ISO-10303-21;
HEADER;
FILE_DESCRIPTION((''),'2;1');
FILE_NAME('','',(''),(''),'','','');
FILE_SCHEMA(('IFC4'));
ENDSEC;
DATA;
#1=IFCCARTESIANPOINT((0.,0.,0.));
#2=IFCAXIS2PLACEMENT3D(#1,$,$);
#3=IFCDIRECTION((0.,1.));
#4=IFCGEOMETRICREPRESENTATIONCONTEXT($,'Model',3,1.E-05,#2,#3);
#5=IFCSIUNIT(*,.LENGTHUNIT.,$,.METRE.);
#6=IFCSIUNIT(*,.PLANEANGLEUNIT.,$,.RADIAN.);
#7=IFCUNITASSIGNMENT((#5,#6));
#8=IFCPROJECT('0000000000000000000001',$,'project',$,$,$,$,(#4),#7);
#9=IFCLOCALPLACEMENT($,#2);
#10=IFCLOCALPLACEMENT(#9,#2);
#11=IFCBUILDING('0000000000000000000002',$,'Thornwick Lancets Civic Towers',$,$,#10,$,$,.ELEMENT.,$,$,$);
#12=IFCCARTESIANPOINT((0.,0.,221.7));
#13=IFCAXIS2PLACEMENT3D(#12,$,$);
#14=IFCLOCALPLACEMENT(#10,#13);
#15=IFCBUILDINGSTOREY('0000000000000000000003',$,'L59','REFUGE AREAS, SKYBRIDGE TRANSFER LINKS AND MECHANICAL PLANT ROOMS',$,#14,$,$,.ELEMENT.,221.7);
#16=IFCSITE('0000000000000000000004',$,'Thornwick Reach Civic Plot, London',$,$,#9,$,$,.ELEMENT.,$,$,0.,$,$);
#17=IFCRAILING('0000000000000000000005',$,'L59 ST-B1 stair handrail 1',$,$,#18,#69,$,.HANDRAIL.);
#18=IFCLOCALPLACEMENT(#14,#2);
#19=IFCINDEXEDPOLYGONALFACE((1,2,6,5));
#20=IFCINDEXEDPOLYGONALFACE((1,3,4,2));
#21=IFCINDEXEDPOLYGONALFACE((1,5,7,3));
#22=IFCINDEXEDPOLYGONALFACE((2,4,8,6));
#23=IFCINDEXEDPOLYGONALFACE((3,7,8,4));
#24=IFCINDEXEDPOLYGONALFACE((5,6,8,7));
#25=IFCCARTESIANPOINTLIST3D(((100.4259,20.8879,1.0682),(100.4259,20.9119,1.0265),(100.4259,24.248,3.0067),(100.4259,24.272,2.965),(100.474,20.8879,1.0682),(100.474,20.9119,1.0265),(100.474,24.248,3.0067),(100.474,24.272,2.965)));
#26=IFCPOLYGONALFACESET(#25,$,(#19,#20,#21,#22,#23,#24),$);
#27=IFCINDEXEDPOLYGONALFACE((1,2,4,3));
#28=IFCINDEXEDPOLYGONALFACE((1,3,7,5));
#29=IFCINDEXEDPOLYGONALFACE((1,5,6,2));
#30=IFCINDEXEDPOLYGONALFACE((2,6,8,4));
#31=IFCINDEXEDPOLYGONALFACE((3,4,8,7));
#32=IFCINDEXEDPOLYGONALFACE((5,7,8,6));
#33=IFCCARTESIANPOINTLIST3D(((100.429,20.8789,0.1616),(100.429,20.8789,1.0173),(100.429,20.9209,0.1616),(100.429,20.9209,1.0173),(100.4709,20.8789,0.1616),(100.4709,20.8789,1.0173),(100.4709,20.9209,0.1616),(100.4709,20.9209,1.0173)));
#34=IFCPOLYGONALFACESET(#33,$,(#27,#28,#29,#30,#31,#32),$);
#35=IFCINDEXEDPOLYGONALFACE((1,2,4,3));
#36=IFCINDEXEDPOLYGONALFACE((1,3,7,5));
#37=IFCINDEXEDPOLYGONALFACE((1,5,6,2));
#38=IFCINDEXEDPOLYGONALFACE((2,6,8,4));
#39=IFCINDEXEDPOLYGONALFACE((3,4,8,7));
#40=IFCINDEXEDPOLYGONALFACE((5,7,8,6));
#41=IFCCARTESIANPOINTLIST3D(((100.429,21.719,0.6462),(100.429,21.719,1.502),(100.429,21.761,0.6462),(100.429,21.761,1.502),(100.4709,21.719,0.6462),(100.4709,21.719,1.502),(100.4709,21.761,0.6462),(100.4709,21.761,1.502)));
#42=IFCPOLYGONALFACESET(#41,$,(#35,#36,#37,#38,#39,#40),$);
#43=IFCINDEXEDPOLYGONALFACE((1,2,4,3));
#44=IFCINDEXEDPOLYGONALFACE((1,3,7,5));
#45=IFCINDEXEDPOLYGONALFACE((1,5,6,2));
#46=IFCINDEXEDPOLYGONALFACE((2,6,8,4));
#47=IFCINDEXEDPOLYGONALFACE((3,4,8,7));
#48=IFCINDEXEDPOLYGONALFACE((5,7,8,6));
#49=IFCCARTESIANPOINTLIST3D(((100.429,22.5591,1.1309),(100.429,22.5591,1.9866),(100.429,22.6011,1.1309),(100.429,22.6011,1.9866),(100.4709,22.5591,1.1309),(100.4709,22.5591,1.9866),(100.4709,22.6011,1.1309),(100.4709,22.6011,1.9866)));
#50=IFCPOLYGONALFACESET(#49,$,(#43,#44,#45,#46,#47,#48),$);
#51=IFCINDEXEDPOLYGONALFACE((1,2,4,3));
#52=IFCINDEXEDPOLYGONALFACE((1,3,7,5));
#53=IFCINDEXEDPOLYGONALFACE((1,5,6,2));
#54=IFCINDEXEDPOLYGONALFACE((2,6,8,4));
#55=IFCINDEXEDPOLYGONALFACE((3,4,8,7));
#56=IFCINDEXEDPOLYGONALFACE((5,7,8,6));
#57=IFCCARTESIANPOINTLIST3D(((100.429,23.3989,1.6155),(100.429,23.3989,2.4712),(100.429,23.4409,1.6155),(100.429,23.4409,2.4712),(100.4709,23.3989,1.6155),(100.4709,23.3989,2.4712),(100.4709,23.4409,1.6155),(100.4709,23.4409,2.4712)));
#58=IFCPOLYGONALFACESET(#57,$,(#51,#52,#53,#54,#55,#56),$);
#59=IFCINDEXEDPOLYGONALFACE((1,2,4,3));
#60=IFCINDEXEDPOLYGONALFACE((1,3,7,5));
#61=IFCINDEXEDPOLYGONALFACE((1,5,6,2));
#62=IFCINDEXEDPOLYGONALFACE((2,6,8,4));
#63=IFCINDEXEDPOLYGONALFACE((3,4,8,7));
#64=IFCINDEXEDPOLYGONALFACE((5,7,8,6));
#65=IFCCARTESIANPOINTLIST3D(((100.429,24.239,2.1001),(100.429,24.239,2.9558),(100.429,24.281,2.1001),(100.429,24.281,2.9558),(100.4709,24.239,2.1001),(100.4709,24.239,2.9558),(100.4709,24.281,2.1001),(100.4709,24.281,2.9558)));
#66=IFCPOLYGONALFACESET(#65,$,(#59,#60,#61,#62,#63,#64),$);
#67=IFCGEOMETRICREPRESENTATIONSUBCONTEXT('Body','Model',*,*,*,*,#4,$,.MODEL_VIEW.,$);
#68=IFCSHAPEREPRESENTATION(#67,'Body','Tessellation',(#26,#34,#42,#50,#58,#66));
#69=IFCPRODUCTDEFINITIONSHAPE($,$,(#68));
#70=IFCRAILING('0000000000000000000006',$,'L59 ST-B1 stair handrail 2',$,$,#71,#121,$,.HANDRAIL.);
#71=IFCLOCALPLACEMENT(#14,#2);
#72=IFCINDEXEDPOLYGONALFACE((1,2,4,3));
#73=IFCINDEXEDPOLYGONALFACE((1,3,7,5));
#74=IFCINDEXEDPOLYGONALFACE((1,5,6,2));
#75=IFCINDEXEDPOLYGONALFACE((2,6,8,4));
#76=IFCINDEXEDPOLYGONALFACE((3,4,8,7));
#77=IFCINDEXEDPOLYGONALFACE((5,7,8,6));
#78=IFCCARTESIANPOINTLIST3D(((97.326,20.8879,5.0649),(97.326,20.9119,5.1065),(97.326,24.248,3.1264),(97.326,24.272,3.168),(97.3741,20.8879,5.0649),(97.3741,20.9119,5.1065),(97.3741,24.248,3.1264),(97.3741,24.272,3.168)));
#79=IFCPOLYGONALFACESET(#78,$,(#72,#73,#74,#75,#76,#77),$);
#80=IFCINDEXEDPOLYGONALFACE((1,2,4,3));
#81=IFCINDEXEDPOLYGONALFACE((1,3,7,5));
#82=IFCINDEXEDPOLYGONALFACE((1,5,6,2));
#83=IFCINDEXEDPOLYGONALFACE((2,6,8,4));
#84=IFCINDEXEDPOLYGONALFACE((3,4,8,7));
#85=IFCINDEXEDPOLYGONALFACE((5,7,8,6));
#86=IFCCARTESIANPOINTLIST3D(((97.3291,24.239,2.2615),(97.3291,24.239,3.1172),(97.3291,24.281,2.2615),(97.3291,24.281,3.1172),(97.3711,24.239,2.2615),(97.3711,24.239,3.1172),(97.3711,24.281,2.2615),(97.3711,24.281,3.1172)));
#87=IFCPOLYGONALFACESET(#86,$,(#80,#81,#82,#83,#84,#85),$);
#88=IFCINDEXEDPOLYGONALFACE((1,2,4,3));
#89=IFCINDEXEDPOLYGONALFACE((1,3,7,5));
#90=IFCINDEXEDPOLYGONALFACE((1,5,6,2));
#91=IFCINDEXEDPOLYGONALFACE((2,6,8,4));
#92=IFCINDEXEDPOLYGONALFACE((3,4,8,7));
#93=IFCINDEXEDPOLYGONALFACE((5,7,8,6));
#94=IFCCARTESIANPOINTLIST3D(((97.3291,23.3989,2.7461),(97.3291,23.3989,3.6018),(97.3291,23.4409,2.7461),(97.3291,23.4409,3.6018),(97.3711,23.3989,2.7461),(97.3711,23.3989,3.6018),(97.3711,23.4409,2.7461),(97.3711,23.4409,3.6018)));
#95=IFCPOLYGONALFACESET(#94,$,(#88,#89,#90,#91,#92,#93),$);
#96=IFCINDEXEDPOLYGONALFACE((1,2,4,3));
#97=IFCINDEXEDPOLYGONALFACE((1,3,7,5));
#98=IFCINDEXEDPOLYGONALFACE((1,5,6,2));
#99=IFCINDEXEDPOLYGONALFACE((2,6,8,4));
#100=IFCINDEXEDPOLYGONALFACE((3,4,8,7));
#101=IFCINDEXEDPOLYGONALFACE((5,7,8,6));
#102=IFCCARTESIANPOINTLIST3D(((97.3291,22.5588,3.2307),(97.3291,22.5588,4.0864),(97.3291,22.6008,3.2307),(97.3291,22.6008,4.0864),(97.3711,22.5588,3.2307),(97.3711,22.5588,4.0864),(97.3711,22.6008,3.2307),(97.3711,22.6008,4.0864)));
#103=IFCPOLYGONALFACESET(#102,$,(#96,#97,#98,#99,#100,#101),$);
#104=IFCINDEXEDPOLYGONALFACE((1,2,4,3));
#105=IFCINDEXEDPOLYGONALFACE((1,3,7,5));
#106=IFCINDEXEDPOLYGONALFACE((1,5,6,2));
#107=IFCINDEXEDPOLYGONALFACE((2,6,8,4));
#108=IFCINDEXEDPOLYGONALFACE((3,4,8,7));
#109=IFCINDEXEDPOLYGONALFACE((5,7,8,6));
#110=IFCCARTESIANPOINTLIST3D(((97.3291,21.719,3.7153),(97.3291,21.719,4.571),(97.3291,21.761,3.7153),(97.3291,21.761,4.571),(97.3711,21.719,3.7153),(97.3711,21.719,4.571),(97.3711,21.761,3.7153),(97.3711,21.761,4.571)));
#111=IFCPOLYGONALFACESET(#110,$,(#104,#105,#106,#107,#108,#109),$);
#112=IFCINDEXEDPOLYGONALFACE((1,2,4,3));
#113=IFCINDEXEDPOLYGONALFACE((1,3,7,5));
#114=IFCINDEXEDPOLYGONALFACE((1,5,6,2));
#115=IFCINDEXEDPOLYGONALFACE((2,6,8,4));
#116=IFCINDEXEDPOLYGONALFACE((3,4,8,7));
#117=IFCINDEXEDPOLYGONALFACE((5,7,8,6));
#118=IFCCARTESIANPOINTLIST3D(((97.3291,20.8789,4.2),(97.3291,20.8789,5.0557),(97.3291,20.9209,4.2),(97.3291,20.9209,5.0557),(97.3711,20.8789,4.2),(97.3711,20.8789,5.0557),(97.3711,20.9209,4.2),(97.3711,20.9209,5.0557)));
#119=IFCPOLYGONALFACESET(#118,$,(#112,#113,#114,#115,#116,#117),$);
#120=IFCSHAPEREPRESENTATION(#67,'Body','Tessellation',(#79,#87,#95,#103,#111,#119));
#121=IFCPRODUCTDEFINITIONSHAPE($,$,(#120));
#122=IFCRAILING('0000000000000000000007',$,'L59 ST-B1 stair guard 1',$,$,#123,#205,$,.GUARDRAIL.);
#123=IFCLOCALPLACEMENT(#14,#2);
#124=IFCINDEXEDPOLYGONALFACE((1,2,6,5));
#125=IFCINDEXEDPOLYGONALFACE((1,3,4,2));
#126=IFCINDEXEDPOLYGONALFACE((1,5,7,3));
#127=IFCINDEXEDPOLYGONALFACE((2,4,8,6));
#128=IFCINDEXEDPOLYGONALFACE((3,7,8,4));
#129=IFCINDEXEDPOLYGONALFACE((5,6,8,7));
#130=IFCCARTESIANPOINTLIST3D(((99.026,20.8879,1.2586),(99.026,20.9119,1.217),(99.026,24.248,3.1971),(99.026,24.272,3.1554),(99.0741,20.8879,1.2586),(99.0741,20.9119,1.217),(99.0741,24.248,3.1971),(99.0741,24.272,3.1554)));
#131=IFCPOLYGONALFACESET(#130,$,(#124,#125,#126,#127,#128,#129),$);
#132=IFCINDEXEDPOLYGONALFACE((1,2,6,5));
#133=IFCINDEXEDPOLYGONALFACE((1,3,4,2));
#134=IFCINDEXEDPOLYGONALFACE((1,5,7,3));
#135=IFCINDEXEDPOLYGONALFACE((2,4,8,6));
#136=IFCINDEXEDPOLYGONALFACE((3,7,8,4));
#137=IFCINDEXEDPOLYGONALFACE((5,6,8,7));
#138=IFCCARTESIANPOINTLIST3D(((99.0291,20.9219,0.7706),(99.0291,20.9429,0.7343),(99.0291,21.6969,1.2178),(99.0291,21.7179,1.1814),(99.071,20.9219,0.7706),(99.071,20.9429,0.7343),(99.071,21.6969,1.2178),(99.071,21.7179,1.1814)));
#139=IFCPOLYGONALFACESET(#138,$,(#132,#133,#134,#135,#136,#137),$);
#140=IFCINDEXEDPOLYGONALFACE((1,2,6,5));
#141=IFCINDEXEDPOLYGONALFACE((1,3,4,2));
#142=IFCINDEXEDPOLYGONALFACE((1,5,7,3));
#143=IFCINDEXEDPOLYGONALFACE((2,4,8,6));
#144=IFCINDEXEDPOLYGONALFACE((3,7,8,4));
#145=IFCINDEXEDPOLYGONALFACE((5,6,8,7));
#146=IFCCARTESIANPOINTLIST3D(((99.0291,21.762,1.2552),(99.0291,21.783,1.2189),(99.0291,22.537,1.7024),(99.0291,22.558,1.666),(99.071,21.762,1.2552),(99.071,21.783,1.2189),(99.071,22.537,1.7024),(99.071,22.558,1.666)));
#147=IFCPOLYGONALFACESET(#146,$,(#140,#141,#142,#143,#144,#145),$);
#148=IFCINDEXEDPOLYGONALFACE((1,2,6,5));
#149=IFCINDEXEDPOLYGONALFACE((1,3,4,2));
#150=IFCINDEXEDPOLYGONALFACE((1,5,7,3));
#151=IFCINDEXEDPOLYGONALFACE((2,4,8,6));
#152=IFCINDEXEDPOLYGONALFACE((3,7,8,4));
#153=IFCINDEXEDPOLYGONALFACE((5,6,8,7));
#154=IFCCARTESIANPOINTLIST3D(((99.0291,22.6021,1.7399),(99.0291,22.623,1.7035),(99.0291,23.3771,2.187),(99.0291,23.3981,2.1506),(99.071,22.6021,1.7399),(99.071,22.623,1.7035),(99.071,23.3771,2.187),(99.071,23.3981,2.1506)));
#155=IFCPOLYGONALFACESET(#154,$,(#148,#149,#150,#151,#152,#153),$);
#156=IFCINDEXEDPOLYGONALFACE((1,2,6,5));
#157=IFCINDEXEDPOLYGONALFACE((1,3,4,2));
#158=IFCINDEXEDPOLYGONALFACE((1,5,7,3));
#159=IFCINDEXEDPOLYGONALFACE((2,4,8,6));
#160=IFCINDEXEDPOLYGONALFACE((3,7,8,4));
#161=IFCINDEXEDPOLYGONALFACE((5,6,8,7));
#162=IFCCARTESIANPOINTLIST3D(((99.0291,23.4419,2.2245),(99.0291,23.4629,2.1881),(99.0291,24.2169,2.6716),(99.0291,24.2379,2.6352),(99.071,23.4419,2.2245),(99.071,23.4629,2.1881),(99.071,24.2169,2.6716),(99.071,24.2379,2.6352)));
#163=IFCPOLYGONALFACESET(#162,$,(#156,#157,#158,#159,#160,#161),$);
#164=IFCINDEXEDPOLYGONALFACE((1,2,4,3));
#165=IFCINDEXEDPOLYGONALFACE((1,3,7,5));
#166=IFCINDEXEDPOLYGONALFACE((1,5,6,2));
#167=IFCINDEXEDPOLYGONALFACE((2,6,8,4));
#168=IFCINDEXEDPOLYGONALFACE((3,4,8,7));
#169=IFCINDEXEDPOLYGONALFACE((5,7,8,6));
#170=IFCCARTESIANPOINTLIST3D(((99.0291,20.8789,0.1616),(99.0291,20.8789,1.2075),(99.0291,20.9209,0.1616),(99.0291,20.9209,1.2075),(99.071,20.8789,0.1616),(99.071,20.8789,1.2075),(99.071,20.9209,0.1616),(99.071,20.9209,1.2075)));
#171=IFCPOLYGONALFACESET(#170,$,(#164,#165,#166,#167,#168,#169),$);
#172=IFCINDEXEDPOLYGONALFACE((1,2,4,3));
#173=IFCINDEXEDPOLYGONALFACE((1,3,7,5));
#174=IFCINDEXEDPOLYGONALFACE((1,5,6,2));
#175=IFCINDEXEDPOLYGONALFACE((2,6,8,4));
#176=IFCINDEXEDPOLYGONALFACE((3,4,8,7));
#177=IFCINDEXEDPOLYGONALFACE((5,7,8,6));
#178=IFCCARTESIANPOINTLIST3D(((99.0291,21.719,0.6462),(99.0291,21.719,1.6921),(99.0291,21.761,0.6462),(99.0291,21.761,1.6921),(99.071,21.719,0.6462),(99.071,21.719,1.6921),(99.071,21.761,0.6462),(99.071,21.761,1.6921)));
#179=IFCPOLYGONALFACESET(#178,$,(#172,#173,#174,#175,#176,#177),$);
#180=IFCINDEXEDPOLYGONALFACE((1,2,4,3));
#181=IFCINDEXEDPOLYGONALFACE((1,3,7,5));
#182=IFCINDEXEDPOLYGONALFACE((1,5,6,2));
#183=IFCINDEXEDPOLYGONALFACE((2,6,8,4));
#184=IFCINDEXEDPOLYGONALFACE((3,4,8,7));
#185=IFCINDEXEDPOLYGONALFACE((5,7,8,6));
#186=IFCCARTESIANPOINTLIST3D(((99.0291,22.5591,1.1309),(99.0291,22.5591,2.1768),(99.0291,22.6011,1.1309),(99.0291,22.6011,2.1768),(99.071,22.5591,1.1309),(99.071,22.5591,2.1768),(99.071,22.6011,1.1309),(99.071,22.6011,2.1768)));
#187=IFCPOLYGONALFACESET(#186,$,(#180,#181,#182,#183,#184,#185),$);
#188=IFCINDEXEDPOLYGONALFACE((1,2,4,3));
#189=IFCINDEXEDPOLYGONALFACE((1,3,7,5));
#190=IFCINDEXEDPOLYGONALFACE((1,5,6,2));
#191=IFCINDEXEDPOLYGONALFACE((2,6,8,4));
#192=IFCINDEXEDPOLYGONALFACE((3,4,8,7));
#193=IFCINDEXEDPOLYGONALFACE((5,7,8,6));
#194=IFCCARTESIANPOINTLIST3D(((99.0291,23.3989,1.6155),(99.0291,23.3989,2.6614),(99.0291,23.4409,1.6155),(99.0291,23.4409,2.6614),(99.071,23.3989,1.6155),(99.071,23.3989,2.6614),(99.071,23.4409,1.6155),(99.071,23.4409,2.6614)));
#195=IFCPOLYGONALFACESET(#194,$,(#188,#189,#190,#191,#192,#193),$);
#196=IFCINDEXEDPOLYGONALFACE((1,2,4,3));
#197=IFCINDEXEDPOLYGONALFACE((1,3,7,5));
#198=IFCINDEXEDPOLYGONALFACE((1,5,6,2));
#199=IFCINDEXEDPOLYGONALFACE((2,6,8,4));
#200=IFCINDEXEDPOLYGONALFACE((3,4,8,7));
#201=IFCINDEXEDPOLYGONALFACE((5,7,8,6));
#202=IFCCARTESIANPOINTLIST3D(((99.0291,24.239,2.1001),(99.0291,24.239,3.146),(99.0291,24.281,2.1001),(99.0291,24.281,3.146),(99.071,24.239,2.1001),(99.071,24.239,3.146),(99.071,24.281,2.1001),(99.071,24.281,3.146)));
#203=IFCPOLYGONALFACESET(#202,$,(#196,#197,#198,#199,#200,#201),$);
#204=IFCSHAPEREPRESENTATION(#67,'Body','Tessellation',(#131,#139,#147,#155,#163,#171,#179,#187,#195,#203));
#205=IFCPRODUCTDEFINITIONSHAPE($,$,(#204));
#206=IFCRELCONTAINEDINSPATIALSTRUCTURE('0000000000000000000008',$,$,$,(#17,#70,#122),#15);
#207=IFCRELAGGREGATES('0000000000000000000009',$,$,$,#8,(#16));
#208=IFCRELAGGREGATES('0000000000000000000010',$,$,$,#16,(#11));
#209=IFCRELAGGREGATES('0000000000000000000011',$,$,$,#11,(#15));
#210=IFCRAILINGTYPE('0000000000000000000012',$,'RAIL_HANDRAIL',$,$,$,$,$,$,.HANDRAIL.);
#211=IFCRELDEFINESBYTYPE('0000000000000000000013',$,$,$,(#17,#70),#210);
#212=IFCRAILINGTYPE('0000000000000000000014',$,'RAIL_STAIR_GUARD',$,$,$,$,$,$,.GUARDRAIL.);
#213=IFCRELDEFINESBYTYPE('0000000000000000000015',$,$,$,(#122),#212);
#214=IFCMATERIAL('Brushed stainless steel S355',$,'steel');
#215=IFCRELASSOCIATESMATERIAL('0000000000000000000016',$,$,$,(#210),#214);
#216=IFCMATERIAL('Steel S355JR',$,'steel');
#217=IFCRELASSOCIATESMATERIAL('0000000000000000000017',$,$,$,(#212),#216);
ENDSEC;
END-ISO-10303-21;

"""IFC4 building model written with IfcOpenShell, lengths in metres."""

from ifc_helpers import new_model, si_unit, direction, frame, origin, origin_2d, place, context, subcontext, project, spatial, rectangle, extrude, material, type_object, element, save


model = new_model("IFC4")

# Units and contexts
model_context = context("Model", 3, precision=1e-05, world=origin(), true_north=direction((0.0, 1.0)))
body_context = subcontext(model_context, "Body", "Model", "MODEL_VIEW")
ifc_project = project(units=[si_unit("LENGTHUNIT", "METRE"), si_unit("PLANEANGLEUNIT", "RADIAN")], contexts=[model_context])

# Site, building, storey
site_placement = place(None, origin())
site = spatial("IfcSite", under=ifc_project, at=site_placement, Name="Thornwick Reach Civic Plot, London", CompositionType="ELEMENT", RefElevation=0.0)
building_placement = place(site_placement, origin())
building = spatial("IfcBuilding", under=site, at=building_placement, Name="Thornwick Lancets Civic Towers", CompositionType="ELEMENT")
storey_placement = place(building_placement, frame((0.0, 0.0, 221.7)))
storey = spatial("IfcBuildingStorey", under=building, at=storey_placement, Name="L59", Description="REFUGE AREAS, SKYBRIDGE TRANSFER LINKS AND MECHANICAL PLANT ROOMS", CompositionType="ELEMENT", Elevation=221.7)

# Shared definitions
ifc_material_1 = material(Name="Steel S355JR", Category="steel")

# Railings
ifc_material_2 = material(Name="Brushed stainless steel S355", Category="steel")
railing_type_1 = type_object("IfcRailingType", Name="RAIL_HANDRAIL", PredefinedType="HANDRAIL", material=ifc_material_2)
railing_1_placement = place(storey_placement, frame((100.45, 20.8999, 0.1616)))
element("IfcRailing", 1, at=railing_1_placement, inside=storey, type_object=railing_type_1, Name="L59 ST-B1 stair handrail 1", PredefinedType="HANDRAIL", context=body_context, shape_type="SweptSolid", body=[
    extrude(rectangle(XDim=0.0481, YDim=0.0481, at=origin_2d()), frame((0.0, 0.0, 0.8857), z_axis=(0.0, 0.866191, 0.499713), x_axis=(-1.0, 0.0, 0.0)), (0.0, 0.0, 1.0), 3.8792),
    extrude(rectangle(XDim=0.042, YDim=0.042, at=origin_2d()), origin(), (0.0, 0.0, 1.0), 0.8557),
    extrude(rectangle(XDim=0.042, YDim=0.042, at=origin_2d()), frame((0.0, 0.8401, 0.4846)), (0.0, 0.0, 1.0), 0.8557),
    extrude(rectangle(XDim=0.042, YDim=0.042, at=origin_2d()), frame((0.0, 1.6802, 0.9692)), (0.0, 0.0, 1.0), 0.8557),
    extrude(rectangle(XDim=0.042, YDim=0.042, at=origin_2d()), frame((0.0, 2.52, 1.4539)), (0.0, 0.0, 1.0), 0.8557),
    extrude(rectangle(XDim=0.042, YDim=0.042, at=origin_2d()), frame((0.0, 3.3601, 1.9385)), (0.0, 0.0, 1.0), 0.8557),
])
railing_2_placement = place(storey_placement, frame((97.3501, 24.26, 2.2615)))
element("IfcRailing", 2, at=railing_2_placement, inside=storey, type_object=railing_type_1, Name="L59 ST-B1 stair handrail 2", PredefinedType="HANDRAIL", context=body_context, shape_type="SweptSolid", body=[
    extrude(rectangle(XDim=0.0481, YDim=0.0481, at=origin_2d()), frame((0.0, 0.0, 0.8857), z_axis=(0.0, -0.866191, 0.499713), x_axis=(1.0, 0.0, 0.0)), (0.0, 0.0, 1.0), 3.8792),
    extrude(rectangle(XDim=0.042, YDim=0.042, at=origin_2d()), origin(), (0.0, 0.0, 1.0), 0.8557),
    extrude(rectangle(XDim=0.042, YDim=0.042, at=origin_2d()), frame((0.0, -0.8401, 0.4846)), (0.0, 0.0, 1.0), 0.8557),
    extrude(rectangle(XDim=0.042, YDim=0.042, at=origin_2d()), frame((0.0, -1.6802, 0.9692)), (0.0, 0.0, 1.0), 0.8557),
    extrude(rectangle(XDim=0.042, YDim=0.042, at=origin_2d()), frame((0.0, -2.52, 1.4539)), (0.0, 0.0, 1.0), 0.8557),
    extrude(rectangle(XDim=0.042, YDim=0.042, at=origin_2d()), frame((0.0, -3.3601, 1.9385)), (0.0, 0.0, 1.0), 0.8557),
])
railing_type_2 = type_object("IfcRailingType", Name="RAIL_STAIR_GUARD", PredefinedType="GUARDRAIL", material=ifc_material_1)
railing_3_placement = place(storey_placement, frame((99.05, 20.8999, 0.1616)))
element("IfcRailing", 3, at=railing_3_placement, inside=storey, type_object=railing_type_2, Name="L59 ST-B1 stair guard 1", PredefinedType="GUARDRAIL", context=body_context, shape_type="SweptSolid", body=[
    extrude(rectangle(XDim=0.0481, YDim=0.0481, at=origin_2d()), frame((0.0, 0.0, 1.0762), z_axis=(0.0, 0.866191, 0.499713), x_axis=(-1.0, 0.0, 0.0)), (0.0, 0.0, 1.0), 3.8792),
    extrude(rectangle(XDim=0.042, YDim=0.042, at=origin_2d()), frame((0.0, 0.0325, 0.5908), z_axis=(0.0, 0.866191, 0.499713), x_axis=(-1.0, 0.0, 0.0)), (0.0, 0.0, 1.0), 0.8948),
    extrude(rectangle(XDim=0.042, YDim=0.042, at=origin_2d()), frame((0.0, 0.8726, 1.0754), z_axis=(0.0, 0.866191, 0.499713), x_axis=(-1.0, 0.0, 0.0)), (0.0, 0.0, 1.0), 0.8948),
    extrude(rectangle(XDim=0.042, YDim=0.042, at=origin_2d()), frame((0.0, 1.7126, 1.5601), z_axis=(0.0, 0.866191, 0.499713), x_axis=(-1.0, 0.0, 0.0)), (0.0, 0.0, 1.0), 0.8948),
    extrude(rectangle(XDim=0.042, YDim=0.042, at=origin_2d()), frame((0.0, 2.5525, 2.0447), z_axis=(0.0, 0.866191, 0.499713), x_axis=(-1.0, 0.0, 0.0)), (0.0, 0.0, 1.0), 0.8948),
    extrude(rectangle(XDim=0.042, YDim=0.042, at=origin_2d()), origin(), (0.0, 0.0, 1.0), 1.0459),
    extrude(rectangle(XDim=0.042, YDim=0.042, at=origin_2d()), frame((0.0, 0.8401, 0.4846)), (0.0, 0.0, 1.0), 1.0459),
    extrude(rectangle(XDim=0.042, YDim=0.042, at=origin_2d()), frame((0.0, 1.6802, 0.9692)), (0.0, 0.0, 1.0), 1.0459),
    extrude(rectangle(XDim=0.042, YDim=0.042, at=origin_2d()), frame((0.0, 2.52, 1.4539)), (0.0, 0.0, 1.0), 1.0459),
    extrude(rectangle(XDim=0.042, YDim=0.042, at=origin_2d()), frame((0.0, 3.3601, 1.9385)), (0.0, 0.0, 1.0), 1.0459),
])

save(model, "model.ifc")
